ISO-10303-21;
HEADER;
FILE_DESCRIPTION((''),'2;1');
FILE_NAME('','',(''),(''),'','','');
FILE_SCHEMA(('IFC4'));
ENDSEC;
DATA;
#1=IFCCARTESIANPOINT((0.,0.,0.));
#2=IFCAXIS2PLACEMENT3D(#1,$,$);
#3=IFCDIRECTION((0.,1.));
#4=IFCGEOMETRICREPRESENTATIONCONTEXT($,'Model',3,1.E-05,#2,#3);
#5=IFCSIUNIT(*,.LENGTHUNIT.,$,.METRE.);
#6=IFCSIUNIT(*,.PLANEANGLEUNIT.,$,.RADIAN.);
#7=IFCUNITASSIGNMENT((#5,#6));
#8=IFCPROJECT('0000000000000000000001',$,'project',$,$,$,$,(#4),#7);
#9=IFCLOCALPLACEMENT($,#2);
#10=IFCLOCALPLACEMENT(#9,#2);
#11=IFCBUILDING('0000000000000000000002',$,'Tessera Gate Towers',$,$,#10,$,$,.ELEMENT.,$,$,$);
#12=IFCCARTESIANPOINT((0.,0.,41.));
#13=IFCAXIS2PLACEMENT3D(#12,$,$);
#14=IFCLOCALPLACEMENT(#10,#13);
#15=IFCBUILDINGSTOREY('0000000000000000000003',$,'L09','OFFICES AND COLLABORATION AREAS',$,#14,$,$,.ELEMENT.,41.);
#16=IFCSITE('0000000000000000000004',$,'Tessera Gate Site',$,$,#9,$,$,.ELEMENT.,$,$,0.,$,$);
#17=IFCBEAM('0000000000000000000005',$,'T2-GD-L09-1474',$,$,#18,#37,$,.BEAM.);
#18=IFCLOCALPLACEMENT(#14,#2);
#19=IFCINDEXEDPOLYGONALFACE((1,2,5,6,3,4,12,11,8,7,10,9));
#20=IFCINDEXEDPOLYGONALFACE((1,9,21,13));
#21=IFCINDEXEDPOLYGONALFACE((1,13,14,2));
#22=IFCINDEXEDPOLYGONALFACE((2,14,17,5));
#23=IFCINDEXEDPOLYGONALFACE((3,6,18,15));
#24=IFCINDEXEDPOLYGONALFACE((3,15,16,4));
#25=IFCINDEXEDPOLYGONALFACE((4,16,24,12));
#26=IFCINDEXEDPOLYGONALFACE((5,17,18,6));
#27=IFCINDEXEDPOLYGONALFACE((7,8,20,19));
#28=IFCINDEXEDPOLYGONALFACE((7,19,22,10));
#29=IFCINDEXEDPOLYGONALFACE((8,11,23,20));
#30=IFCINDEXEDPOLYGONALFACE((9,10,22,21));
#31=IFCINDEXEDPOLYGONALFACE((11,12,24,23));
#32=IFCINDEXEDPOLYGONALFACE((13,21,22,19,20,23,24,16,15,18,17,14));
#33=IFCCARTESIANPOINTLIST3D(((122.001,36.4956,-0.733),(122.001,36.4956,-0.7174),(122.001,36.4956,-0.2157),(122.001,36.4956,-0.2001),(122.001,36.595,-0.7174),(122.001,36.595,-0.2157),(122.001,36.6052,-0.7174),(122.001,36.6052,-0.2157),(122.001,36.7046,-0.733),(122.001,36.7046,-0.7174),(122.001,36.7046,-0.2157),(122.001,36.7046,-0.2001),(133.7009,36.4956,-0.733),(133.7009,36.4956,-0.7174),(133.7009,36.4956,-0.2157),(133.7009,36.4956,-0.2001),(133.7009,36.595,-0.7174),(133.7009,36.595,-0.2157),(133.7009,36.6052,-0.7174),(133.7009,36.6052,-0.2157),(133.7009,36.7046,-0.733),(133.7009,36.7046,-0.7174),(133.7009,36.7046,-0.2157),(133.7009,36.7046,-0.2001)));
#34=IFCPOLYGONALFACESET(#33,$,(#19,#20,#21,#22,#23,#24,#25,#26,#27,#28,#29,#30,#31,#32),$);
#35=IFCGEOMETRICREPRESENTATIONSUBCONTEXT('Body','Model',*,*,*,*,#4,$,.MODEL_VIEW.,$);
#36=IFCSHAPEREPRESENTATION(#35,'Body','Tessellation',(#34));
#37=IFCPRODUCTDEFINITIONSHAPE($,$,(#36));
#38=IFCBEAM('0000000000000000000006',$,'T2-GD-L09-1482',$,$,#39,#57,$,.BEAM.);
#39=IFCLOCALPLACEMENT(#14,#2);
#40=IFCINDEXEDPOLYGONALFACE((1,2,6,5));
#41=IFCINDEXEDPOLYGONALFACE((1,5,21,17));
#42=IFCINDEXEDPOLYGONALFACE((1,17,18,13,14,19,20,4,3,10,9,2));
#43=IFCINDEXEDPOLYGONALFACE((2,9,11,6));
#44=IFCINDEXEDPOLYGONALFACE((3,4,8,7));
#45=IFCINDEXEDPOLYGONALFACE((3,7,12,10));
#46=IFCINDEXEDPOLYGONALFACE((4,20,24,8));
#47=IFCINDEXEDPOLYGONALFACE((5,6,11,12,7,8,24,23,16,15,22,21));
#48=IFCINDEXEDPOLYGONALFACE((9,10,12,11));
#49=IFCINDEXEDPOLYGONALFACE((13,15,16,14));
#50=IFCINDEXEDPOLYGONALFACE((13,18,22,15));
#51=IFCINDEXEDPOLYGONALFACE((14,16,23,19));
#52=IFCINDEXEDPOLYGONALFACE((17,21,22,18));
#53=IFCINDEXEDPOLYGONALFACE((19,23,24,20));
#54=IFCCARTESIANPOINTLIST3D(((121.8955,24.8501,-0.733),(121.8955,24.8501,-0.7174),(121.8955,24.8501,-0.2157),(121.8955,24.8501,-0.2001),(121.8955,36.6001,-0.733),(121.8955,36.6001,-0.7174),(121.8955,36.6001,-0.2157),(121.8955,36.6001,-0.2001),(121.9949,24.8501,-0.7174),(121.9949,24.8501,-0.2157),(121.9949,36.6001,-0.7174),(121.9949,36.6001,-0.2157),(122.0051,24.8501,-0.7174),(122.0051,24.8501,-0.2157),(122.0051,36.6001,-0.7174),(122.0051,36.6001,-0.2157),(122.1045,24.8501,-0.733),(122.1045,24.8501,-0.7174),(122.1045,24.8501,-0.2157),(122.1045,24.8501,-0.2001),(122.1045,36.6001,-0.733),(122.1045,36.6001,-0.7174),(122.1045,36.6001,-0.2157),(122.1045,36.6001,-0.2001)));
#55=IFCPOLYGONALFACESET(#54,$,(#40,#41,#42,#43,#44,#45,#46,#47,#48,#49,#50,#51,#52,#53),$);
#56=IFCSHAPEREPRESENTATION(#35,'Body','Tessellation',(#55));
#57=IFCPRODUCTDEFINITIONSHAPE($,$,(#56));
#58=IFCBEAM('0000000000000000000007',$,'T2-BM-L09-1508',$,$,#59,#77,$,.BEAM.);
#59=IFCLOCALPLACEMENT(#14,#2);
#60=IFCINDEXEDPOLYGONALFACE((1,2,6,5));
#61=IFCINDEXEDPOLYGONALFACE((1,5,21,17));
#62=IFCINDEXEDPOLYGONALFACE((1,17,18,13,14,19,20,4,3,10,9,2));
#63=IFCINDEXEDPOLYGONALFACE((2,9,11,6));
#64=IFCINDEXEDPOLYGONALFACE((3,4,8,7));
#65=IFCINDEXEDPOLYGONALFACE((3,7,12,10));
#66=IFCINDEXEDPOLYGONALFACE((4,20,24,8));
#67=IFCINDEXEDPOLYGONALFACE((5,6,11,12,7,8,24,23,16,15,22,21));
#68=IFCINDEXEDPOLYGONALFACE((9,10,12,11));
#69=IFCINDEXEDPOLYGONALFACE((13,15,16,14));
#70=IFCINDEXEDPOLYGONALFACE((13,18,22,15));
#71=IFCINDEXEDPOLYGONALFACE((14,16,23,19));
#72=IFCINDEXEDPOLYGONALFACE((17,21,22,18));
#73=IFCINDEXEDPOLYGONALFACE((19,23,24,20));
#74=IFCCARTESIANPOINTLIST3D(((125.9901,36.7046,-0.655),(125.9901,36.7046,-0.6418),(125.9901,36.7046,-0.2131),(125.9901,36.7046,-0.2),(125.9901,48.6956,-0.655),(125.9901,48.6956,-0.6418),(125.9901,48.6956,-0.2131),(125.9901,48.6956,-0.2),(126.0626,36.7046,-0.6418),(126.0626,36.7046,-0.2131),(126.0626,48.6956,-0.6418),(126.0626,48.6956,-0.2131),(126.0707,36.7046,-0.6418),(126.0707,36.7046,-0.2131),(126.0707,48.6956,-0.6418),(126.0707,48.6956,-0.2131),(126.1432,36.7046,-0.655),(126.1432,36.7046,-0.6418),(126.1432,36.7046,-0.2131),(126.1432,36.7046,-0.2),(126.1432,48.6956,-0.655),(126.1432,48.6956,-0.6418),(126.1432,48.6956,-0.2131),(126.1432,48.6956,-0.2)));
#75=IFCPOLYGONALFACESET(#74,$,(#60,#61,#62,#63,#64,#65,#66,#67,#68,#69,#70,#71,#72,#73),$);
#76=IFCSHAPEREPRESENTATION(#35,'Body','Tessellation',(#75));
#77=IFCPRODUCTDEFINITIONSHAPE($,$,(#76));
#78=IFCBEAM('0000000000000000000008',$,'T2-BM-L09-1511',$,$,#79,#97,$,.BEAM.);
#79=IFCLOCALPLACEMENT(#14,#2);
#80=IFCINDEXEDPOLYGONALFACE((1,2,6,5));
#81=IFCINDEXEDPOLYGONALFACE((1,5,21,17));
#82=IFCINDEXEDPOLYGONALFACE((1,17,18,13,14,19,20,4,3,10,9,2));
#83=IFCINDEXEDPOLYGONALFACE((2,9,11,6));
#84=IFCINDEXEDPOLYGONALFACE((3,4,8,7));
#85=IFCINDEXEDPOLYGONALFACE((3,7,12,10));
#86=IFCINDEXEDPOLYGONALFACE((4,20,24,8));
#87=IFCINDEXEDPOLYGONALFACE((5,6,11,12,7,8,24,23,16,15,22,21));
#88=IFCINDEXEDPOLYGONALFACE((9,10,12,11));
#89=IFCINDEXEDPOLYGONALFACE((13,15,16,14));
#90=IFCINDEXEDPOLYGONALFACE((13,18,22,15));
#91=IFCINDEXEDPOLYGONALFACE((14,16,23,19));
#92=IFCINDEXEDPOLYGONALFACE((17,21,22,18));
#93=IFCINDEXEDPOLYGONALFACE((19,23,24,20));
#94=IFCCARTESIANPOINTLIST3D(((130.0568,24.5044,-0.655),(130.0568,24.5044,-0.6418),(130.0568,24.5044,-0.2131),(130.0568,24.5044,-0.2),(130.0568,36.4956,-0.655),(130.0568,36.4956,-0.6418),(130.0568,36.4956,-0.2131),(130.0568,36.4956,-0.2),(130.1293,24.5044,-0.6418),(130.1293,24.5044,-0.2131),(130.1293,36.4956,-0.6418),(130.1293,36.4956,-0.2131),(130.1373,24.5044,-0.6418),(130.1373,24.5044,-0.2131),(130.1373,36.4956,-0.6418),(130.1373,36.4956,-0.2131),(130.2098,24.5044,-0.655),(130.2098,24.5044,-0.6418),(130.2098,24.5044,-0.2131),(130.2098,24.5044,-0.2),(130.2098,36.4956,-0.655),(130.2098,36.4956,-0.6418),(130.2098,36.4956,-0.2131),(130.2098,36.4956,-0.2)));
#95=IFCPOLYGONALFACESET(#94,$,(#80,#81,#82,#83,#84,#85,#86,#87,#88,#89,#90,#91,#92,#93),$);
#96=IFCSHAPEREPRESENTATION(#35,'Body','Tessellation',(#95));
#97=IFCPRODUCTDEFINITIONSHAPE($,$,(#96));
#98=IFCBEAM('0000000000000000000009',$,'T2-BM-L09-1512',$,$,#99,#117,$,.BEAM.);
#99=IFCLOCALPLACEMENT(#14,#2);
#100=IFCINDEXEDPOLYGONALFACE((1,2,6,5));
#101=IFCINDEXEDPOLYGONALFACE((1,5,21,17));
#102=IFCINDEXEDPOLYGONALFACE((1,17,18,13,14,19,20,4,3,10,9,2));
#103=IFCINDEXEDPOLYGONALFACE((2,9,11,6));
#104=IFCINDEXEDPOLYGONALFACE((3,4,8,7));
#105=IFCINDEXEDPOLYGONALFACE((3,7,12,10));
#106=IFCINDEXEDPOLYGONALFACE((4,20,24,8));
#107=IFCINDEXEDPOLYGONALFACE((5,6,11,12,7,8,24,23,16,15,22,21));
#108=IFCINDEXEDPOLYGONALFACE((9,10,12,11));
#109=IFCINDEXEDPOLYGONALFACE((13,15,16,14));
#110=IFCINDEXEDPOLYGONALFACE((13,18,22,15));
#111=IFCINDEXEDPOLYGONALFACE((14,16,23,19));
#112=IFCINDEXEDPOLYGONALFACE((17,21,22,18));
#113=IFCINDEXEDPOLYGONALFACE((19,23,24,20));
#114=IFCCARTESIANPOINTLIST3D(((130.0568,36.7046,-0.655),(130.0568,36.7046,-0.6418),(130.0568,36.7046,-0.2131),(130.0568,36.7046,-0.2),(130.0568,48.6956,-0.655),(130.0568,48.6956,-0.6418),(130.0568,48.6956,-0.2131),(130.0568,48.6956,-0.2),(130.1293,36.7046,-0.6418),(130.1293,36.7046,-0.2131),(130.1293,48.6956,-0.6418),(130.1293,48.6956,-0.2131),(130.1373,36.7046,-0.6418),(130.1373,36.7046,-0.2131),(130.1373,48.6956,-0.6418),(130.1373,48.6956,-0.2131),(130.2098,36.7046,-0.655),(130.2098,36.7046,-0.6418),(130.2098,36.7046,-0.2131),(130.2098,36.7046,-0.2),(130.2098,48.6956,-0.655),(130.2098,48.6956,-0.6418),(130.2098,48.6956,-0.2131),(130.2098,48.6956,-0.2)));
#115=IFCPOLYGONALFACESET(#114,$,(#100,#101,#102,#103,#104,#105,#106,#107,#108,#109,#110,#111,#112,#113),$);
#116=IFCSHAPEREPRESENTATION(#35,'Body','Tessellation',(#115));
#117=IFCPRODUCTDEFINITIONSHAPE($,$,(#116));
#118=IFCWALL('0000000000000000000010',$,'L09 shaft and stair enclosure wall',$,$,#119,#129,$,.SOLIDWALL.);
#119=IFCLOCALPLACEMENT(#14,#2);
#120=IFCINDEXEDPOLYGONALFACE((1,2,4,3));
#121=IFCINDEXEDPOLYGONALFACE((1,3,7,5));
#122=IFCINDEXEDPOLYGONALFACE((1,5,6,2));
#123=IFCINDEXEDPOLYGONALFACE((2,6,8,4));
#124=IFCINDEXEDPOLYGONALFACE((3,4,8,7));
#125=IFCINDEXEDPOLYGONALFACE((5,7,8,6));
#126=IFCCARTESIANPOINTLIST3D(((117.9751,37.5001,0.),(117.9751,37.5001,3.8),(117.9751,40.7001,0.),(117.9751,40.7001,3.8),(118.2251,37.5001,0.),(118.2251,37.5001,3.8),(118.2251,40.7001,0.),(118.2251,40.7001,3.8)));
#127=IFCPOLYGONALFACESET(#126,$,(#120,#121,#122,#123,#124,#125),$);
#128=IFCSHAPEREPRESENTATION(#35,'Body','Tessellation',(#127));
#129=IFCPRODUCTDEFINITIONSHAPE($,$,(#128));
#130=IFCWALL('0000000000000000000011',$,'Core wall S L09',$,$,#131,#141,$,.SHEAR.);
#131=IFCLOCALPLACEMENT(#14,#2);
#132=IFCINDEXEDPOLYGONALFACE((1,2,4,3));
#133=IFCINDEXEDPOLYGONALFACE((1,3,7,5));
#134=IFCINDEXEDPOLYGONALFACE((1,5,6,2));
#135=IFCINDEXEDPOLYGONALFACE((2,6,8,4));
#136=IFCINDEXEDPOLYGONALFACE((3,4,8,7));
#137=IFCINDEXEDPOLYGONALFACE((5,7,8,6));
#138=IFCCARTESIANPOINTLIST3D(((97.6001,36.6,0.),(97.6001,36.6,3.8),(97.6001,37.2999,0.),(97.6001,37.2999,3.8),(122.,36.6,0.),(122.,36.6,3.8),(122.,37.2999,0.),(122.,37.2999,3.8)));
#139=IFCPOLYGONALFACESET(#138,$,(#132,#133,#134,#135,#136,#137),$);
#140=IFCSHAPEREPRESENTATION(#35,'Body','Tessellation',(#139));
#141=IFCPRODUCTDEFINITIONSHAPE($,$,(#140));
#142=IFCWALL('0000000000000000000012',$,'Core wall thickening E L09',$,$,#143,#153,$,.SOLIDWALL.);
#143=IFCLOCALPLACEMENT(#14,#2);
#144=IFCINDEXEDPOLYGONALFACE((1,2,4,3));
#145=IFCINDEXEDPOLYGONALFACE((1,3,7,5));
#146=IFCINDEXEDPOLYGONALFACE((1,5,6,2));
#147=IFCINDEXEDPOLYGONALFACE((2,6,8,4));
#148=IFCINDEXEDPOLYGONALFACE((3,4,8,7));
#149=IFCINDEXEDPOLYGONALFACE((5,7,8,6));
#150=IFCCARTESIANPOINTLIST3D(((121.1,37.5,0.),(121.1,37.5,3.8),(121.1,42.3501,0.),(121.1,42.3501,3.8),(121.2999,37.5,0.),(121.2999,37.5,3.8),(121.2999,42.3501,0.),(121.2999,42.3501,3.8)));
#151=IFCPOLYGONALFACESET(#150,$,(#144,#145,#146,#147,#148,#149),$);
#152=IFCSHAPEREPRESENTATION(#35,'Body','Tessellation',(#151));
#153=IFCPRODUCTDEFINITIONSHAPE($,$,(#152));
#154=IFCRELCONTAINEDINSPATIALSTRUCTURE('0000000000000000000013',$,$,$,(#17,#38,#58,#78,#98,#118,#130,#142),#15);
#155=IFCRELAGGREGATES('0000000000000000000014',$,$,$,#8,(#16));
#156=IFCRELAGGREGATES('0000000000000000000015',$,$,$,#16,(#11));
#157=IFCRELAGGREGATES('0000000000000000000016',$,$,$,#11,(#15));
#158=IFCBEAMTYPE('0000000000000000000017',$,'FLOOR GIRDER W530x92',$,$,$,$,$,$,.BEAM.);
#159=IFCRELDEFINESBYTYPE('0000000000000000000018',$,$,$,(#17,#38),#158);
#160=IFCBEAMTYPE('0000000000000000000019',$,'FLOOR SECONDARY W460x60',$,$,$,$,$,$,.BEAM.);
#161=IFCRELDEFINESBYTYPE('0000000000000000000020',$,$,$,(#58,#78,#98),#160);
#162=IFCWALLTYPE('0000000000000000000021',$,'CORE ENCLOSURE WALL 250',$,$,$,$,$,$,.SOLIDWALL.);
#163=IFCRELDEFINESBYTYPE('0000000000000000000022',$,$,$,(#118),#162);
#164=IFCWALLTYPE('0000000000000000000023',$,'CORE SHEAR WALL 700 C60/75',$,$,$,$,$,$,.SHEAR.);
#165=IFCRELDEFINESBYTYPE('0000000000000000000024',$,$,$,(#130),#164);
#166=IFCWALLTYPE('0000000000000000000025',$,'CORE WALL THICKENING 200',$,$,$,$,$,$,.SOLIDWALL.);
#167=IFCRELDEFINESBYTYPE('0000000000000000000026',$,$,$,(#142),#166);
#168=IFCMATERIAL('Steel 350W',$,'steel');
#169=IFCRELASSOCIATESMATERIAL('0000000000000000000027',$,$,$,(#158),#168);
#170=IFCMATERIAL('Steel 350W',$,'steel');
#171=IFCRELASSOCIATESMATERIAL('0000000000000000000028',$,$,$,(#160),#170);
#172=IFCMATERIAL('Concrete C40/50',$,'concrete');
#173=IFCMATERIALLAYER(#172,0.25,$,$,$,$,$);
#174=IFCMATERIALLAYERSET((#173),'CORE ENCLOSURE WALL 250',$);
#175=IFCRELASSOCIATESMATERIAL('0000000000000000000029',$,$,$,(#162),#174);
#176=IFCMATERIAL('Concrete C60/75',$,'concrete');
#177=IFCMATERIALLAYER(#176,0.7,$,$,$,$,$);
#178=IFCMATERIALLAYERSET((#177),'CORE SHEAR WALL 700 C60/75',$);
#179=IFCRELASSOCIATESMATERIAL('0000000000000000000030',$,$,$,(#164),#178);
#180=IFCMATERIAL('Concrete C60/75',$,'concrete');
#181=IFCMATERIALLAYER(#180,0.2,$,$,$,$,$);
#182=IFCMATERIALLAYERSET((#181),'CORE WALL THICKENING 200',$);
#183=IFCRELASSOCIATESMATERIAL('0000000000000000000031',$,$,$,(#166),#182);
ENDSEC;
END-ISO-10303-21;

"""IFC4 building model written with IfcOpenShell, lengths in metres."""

from ifc_helpers import new_model, si_unit, direction, frame, frame_2d, origin, origin_2d, place, context, subcontext, project, spatial, rectangle, i_section, extrude, material, layer, layer_set, material_profile, profile_set, type_object, element, save


model = new_model("IFC4")

# Units and contexts
model_context = context("Model", 3, precision=1e-05, world=origin(), true_north=direction((0.0, 1.0)))
body_context = subcontext(model_context, "Body", "Model", "MODEL_VIEW")
ifc_project = project(units=[si_unit("LENGTHUNIT", "METRE"), si_unit("PLANEANGLEUNIT", "RADIAN")], contexts=[model_context])

# Site, building, storey
site_placement = place(None, origin())
site = spatial("IfcSite", under=ifc_project, at=site_placement, Name="Tessera Gate Site", CompositionType="ELEMENT", RefElevation=0.0)
building_placement = place(site_placement, origin())
building = spatial("IfcBuilding", under=site, at=building_placement, Name="Tessera Gate Towers", CompositionType="ELEMENT")
storey_placement = place(building_placement, frame((0.0, 0.0, 41.0)))
storey = spatial("IfcBuildingStorey", under=building, at=storey_placement, Name="L09", Description="OFFICES AND COLLABORATION AREAS", CompositionType="ELEMENT", Elevation=41.0)

# Beams
ifc_material_1 = material(Name="Steel 350W", Category="steel")
ifc_material_profile_1 = material_profile(ifc_material_1, i_section(OverallWidth=0.209, OverallDepth=0.533, WebThickness=0.0103, FlangeThickness=0.0156, at=origin_2d()), Name="W530x92")
ifc_profile_set_1 = profile_set([ifc_material_profile_1], Name="Steel 350W")
beam_type_1 = type_object("IfcBeamType", Name="FLOOR GIRDER W530x92", PredefinedType="BEAM", material=ifc_profile_set_1)
beam_1_placement = place(storey_placement, frame((122.001, 36.6001, -0.4666), z_axis=(1.0, 0.0, 0.0), x_axis=(0.0, 1.0, 0.0)))
element("IfcBeam", 1, at=beam_1_placement, inside=storey, type_object=beam_type_1, Name="T2-GD-L09-1474", PredefinedType="BEAM", context=body_context, shape_type="SweptSolid", body=[
    extrude(i_section(OverallWidth=0.209, OverallDepth=0.533, WebThickness=0.0103, FlangeThickness=0.0156, at=origin_2d()), origin(), (0.0, 0.0, 1.0), 11.7),
])
beam_2_placement = place(storey_placement, frame((122.0, 24.8501, -0.4666), z_axis=(0.0, 1.0, 0.0), x_axis=(-1.0, 0.0, 0.0)))
element("IfcBeam", 2, at=beam_2_placement, inside=storey, type_object=beam_type_1, Name="T2-GD-L09-1482", PredefinedType="BEAM", context=body_context, shape_type="SweptSolid", body=[
    extrude(i_section(OverallWidth=0.209, OverallDepth=0.533, WebThickness=0.0103, FlangeThickness=0.0156, at=origin_2d()), origin(), (0.0, 0.0, 1.0), 11.75),
])
ifc_material_2 = material(Name="Steel 350W", Category="steel")
ifc_material_profile_2 = material_profile(ifc_material_2, i_section(OverallWidth=0.1531, OverallDepth=0.4551, WebThickness=0.0081, FlangeThickness=0.0132, at=origin_2d()), Name="W460x60")
ifc_profile_set_2 = profile_set([ifc_material_profile_2], Name="Steel 350W")
beam_type_2 = type_object("IfcBeamType", Name="FLOOR SECONDARY W460x60", PredefinedType="BEAM", material=ifc_profile_set_2)
beam_3_placement = place(storey_placement, frame((126.0667, 36.7046, -0.4275), z_axis=(0.0, 1.0, 0.0), x_axis=(-1.0, 0.0, 0.0)))
element("IfcBeam", 3, at=beam_3_placement, inside=storey, type_object=beam_type_2, Name="T2-BM-L09-1508", PredefinedType="BEAM", context=body_context, shape_type="SweptSolid", body=[
    extrude(i_section(OverallWidth=0.1531, OverallDepth=0.4551, WebThickness=0.0081, FlangeThickness=0.0132, at=origin_2d()), origin(), (0.0, 0.0, 1.0), 11.991),
])
beam_4_placement = place(storey_placement, frame((130.1333, 24.5044, -0.4275), z_axis=(0.0, 1.0, 0.0), x_axis=(-1.0, 0.0, 0.0)))
element("IfcBeam", 4, at=beam_4_placement, inside=storey, type_object=beam_type_2, Name="T2-BM-L09-1511", PredefinedType="BEAM", context=body_context, shape_type="SweptSolid", body=[
    extrude(i_section(OverallWidth=0.1531, OverallDepth=0.4551, WebThickness=0.0081, FlangeThickness=0.0132, at=origin_2d()), origin(), (0.0, 0.0, 1.0), 11.9912),
])
beam_5_placement = place(storey_placement, frame((130.1333, 36.7046, -0.4275), z_axis=(0.0, 1.0, 0.0), x_axis=(-1.0, 0.0, 0.0)))
element("IfcBeam", 5, at=beam_5_placement, inside=storey, type_object=beam_type_2, Name="T2-BM-L09-1512", PredefinedType="BEAM", context=body_context, shape_type="SweptSolid", body=[
    extrude(i_section(OverallWidth=0.1531, OverallDepth=0.4551, WebThickness=0.0081, FlangeThickness=0.0132, at=origin_2d()), origin(), (0.0, 0.0, 1.0), 11.991),
])

# Walls
ifc_material_3 = material(Name="Concrete C40/50", Category="concrete")
ifc_layer_1 = layer(ifc_material_3, 0.25)
ifc_layer_set_1 = layer_set([ifc_layer_1], Name="CORE ENCLOSURE WALL 250")
wall_type_1 = type_object("IfcWallType", Name="CORE ENCLOSURE WALL 250", PredefinedType="SOLIDWALL", material=ifc_layer_set_1)
wall_1_placement = place(storey_placement, frame((118.1001, 37.5, 0.0), z_axis=(0.0, 0.0, 1.0), x_axis=(0.0, 1.0, 0.0)))
element("IfcWall", 6, at=wall_1_placement, inside=storey, type_object=wall_type_1, Name="L09 shaft and stair enclosure wall", PredefinedType="SOLIDWALL", context=body_context, shape_type="SweptSolid", body=[
    extrude(rectangle(XDim=3.2, YDim=0.25, at=frame_2d((1.6001, 0.0))), origin(), (0.0, 0.0, 1.0), 3.8),
])
ifc_material_4 = material(Name="Concrete C60/75", Category="concrete")
ifc_layer_2 = layer(ifc_material_4, 0.7)
ifc_layer_set_2 = layer_set([ifc_layer_2], Name="CORE SHEAR WALL 700 C60/75")
wall_type_2 = type_object("IfcWallType", Name="CORE SHEAR WALL 700 C60/75", PredefinedType="SHEAR", material=ifc_layer_set_2)
wall_2_placement = place(storey_placement, frame((122.0, 36.95, 0.0), z_axis=(0.0, 0.0, 1.0), x_axis=(-1.0, 0.0, 0.0)))
element("IfcWall", 7, at=wall_2_placement, inside=storey, type_object=wall_type_2, Name="Core wall S L09", PredefinedType="SHEAR", context=body_context, shape_type="SweptSolid", body=[
    extrude(rectangle(XDim=24.3999, YDim=0.7, at=frame_2d((12.2, 0.0))), origin(), (0.0, 0.0, 1.0), 3.8),
])
ifc_material_5 = material(Name="Concrete C60/75", Category="concrete")
ifc_layer_3 = layer(ifc_material_5, 0.2)
ifc_layer_set_3 = layer_set([ifc_layer_3], Name="CORE WALL THICKENING 200")
wall_type_3 = type_object("IfcWallType", Name="CORE WALL THICKENING 200", PredefinedType="SOLIDWALL", material=ifc_layer_set_3)
wall_3_placement = place(storey_placement, frame((121.2, 37.5, 0.0), z_axis=(0.0, 0.0, 1.0), x_axis=(0.0, 1.0, 0.0)))
element("IfcWall", 8, at=wall_3_placement, inside=storey, type_object=wall_type_3, Name="Core wall thickening E L09", PredefinedType="SOLIDWALL", context=body_context, shape_type="SweptSolid", body=[
    extrude(rectangle(XDim=4.8501, YDim=0.2, at=frame_2d((2.425, 0.0))), origin(), (0.0, 0.0, 1.0), 3.8),
])

save(model, "model.ifc")
